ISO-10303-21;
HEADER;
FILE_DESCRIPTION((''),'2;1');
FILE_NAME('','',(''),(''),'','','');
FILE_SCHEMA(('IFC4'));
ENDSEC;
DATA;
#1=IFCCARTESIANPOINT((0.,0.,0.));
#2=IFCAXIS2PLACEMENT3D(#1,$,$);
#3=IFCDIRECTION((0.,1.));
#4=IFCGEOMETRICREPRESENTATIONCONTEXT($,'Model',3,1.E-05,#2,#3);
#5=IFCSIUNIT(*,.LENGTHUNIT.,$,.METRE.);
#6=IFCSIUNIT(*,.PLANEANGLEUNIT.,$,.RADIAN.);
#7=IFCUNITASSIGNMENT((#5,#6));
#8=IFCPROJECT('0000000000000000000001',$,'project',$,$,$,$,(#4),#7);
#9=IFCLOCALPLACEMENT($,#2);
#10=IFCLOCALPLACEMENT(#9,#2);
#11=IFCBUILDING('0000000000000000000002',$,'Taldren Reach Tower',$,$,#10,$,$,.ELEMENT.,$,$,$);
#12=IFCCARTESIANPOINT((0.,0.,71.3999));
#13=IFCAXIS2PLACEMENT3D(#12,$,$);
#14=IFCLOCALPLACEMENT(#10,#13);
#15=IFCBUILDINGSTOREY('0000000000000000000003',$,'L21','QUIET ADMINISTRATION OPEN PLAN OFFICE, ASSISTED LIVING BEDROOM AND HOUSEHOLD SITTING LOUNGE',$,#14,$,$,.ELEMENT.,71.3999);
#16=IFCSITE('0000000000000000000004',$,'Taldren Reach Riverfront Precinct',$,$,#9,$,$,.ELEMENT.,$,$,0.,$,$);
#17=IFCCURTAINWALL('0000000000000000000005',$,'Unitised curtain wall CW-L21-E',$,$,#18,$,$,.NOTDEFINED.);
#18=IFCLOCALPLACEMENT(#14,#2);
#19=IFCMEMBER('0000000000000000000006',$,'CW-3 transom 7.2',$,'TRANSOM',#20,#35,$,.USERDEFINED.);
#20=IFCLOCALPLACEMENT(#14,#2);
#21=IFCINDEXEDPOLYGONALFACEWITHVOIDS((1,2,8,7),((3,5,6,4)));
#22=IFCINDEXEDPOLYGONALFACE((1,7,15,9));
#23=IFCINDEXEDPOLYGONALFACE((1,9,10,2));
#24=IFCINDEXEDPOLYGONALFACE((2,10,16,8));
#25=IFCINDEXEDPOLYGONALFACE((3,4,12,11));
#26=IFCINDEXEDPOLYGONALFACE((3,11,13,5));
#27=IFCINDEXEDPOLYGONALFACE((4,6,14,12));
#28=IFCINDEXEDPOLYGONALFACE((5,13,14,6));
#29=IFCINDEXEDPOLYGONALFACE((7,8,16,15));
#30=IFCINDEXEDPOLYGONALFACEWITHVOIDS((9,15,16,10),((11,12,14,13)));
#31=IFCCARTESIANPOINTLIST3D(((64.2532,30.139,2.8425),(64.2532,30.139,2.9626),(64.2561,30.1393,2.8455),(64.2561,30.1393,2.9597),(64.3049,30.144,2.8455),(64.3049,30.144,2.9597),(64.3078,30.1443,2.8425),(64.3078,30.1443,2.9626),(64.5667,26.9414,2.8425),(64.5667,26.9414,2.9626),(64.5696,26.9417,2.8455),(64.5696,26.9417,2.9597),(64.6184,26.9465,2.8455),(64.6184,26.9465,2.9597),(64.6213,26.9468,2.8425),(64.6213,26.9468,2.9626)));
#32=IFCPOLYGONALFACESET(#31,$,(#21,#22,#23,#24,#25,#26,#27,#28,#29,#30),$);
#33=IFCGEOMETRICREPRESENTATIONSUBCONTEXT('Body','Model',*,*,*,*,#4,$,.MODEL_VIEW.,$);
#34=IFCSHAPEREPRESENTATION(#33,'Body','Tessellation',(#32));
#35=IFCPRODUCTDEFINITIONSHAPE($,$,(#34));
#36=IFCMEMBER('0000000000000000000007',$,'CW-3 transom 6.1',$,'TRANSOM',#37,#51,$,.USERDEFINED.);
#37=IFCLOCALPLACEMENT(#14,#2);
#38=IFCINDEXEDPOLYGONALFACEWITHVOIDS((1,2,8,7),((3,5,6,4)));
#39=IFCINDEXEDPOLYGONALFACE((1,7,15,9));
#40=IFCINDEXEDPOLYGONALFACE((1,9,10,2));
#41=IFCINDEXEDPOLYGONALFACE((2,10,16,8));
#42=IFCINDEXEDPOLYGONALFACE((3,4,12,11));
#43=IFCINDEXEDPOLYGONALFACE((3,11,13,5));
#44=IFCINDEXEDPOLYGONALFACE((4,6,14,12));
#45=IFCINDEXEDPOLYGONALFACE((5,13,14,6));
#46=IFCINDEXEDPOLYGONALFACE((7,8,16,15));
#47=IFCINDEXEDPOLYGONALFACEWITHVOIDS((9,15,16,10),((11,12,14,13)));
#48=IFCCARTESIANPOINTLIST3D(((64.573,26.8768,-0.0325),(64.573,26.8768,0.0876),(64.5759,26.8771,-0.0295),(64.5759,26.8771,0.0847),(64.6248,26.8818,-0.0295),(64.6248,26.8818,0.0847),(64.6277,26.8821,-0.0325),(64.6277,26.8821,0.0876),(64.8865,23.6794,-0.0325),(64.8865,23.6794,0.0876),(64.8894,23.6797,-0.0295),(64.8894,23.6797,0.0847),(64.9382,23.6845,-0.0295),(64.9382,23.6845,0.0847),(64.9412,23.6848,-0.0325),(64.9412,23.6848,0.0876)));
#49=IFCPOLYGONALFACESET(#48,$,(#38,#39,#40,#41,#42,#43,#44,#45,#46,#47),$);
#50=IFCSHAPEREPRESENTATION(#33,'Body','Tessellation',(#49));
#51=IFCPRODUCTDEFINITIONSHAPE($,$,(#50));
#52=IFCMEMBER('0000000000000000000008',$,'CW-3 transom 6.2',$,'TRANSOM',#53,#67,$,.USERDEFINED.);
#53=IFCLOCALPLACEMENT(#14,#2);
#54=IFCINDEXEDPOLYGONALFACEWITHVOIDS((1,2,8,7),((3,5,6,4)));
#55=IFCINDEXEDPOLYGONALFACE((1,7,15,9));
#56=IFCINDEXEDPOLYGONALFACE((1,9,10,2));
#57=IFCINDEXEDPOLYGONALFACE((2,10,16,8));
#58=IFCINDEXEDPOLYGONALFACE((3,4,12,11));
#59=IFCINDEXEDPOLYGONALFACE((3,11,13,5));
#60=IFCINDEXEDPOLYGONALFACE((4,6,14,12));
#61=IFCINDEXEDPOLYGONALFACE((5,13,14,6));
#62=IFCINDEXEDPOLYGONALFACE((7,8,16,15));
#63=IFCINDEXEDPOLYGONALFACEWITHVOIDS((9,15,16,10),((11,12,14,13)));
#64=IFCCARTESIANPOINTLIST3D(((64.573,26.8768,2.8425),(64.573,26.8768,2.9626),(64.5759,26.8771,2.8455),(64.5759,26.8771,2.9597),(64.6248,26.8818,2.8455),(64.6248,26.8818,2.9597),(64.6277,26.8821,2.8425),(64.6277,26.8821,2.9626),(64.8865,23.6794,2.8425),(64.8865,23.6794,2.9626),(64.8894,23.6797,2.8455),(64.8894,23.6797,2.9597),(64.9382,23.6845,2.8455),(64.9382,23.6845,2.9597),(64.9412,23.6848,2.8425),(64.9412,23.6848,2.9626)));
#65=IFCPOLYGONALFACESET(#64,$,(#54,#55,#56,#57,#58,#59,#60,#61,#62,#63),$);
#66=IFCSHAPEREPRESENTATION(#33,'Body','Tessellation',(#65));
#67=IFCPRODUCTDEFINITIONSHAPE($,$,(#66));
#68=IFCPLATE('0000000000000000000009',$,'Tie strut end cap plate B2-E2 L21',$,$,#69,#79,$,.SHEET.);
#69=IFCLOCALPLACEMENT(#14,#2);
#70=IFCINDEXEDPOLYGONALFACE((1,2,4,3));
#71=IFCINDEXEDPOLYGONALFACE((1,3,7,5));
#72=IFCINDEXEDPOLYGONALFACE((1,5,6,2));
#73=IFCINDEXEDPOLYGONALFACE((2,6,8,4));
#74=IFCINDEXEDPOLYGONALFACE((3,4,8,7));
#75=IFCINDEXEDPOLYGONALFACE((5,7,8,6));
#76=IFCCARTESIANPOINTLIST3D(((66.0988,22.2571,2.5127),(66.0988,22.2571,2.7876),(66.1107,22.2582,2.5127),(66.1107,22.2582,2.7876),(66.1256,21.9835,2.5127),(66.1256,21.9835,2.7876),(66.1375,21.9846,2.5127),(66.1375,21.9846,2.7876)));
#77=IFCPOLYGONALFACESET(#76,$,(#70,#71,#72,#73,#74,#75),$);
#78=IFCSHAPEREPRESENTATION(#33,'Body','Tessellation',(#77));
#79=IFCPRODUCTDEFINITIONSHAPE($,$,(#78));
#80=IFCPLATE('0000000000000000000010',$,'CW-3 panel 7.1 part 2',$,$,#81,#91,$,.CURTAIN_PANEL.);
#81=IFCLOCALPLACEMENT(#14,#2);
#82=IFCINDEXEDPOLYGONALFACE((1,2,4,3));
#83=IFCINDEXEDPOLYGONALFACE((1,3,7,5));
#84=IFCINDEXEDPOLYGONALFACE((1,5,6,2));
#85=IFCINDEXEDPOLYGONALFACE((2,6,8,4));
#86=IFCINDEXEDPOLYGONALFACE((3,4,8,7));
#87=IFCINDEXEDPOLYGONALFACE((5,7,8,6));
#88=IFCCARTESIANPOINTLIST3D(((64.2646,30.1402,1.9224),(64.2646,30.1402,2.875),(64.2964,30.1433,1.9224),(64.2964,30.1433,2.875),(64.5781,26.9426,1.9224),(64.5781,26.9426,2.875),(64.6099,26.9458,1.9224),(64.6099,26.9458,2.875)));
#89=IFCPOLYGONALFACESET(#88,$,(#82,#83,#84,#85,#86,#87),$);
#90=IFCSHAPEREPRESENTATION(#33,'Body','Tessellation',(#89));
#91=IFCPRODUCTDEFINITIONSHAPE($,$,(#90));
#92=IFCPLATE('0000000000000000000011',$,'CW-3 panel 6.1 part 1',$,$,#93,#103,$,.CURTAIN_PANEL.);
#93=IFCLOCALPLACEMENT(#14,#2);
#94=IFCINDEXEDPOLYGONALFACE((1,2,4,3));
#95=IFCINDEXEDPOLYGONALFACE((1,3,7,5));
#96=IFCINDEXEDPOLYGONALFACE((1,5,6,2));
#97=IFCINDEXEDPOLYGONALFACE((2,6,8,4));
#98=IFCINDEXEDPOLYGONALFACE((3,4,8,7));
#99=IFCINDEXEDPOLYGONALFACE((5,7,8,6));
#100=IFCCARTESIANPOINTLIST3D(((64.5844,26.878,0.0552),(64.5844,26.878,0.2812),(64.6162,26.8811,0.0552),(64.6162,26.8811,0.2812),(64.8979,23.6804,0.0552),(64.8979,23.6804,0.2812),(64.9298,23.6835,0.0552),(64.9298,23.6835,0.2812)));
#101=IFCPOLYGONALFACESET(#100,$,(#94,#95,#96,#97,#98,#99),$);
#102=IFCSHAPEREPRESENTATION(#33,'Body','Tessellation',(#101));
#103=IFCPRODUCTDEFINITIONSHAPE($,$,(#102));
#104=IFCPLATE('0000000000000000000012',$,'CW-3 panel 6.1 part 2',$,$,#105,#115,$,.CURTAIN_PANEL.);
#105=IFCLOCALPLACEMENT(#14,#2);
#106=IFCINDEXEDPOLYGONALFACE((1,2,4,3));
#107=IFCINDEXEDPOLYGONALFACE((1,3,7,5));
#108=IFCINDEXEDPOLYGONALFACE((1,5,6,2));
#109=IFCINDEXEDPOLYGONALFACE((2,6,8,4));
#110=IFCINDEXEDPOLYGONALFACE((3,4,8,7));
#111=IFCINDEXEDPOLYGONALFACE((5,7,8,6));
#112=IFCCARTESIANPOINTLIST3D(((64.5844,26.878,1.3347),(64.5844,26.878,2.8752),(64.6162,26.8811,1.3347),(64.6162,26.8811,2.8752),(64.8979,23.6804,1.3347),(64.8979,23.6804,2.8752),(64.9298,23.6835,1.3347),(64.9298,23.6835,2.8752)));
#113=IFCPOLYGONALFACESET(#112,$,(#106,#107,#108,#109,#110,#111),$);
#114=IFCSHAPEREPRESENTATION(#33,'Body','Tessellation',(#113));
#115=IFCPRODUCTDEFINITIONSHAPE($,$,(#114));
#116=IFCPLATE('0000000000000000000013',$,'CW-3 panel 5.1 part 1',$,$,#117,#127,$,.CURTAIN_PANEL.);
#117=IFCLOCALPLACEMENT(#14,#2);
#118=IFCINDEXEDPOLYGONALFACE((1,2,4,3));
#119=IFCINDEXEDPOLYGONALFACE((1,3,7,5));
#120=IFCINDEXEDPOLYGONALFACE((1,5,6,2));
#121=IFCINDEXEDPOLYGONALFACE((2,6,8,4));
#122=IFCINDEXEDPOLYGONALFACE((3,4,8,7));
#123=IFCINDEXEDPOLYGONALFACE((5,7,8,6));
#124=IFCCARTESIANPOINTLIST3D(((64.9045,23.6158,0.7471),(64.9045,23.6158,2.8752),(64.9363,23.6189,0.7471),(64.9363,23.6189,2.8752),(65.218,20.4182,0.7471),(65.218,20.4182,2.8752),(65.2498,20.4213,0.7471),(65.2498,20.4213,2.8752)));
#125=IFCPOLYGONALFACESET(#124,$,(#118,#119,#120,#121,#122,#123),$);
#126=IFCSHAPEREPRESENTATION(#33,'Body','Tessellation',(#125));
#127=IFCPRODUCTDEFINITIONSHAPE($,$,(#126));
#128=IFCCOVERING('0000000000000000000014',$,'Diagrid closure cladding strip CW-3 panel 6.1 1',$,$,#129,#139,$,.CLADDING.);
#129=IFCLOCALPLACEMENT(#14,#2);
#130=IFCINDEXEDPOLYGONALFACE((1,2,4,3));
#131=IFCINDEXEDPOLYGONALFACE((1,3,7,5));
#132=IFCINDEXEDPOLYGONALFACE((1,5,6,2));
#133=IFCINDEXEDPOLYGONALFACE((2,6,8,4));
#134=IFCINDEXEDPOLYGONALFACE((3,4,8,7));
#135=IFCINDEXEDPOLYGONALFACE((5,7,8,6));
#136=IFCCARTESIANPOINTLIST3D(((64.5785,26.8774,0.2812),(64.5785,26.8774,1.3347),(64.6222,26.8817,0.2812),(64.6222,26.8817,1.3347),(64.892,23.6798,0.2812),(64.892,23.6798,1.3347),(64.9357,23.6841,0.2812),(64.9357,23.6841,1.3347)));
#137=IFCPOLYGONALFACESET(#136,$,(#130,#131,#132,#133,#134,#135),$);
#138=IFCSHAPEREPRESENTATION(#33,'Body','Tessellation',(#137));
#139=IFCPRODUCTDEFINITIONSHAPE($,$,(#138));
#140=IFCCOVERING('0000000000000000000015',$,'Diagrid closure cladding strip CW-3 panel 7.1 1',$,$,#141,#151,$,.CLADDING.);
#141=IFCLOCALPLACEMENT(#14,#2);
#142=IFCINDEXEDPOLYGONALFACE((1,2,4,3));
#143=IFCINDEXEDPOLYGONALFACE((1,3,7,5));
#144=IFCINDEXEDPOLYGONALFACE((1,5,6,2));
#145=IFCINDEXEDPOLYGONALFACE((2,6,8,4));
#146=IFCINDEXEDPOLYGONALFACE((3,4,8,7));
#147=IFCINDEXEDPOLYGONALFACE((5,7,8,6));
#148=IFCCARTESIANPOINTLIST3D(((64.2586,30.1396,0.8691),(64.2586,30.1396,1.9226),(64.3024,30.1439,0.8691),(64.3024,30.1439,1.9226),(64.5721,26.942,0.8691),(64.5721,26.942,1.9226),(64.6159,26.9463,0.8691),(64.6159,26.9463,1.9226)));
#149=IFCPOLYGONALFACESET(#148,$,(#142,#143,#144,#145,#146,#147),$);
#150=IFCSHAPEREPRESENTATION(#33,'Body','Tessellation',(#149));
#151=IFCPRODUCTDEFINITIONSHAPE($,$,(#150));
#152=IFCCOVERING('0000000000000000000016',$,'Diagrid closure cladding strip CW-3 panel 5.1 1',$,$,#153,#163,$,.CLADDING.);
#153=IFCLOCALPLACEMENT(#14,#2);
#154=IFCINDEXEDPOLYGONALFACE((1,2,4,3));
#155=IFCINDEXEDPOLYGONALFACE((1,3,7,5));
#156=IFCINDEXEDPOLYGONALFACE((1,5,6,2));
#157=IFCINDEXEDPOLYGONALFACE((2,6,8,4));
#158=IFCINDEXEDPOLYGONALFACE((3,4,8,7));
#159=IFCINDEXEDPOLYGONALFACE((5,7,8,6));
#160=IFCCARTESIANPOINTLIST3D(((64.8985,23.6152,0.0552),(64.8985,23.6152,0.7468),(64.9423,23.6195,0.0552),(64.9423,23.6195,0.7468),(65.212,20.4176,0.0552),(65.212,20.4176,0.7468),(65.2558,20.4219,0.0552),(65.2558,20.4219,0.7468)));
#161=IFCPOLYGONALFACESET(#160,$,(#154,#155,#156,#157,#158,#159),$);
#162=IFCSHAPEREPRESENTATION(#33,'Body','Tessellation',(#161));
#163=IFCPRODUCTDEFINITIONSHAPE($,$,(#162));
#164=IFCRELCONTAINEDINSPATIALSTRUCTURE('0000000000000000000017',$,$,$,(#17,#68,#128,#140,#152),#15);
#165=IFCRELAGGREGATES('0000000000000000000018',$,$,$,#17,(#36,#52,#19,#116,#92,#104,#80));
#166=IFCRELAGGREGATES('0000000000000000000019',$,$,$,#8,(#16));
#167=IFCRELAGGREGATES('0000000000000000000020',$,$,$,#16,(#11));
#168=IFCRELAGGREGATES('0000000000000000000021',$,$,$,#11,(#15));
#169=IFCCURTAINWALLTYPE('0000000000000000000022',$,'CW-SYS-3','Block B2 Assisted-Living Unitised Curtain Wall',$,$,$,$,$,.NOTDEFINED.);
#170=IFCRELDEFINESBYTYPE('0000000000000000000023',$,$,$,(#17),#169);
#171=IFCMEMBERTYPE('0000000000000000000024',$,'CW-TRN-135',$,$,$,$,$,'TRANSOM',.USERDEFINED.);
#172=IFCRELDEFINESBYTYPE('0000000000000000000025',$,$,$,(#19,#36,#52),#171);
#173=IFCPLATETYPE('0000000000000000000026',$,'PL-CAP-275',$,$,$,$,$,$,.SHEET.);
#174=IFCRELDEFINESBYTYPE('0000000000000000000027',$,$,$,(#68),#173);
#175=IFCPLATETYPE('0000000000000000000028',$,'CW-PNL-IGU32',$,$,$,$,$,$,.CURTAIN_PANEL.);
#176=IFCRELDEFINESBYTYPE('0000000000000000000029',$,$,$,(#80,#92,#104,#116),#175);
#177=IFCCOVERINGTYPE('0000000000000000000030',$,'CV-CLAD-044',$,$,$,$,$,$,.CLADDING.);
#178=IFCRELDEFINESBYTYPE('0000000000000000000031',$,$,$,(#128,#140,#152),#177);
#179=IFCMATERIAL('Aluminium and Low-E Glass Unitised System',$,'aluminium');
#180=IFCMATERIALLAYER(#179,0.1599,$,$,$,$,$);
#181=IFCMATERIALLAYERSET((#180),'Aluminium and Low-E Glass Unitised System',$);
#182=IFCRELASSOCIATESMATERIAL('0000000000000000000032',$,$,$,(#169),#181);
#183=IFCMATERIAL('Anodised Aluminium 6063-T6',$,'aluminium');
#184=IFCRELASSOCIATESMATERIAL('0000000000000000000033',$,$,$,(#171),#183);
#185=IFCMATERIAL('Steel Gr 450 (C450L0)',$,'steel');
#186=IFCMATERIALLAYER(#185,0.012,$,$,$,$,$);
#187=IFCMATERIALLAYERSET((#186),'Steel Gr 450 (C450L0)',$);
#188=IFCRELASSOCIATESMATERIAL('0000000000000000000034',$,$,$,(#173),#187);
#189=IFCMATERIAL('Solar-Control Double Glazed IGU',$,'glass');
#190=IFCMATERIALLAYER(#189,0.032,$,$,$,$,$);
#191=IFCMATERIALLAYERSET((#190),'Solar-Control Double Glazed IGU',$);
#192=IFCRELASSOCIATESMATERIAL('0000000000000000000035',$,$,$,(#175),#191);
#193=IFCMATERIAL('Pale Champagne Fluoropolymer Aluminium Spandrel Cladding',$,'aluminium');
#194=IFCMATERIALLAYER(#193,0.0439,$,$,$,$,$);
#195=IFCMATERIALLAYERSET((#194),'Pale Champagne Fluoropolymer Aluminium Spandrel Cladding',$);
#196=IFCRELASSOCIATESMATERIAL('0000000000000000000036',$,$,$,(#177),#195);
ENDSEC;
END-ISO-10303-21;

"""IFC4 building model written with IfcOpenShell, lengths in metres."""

from ifc_helpers import new_model, si_unit, direction, frame, origin, origin_2d, place, context, subcontext, project, spatial, rectangle, hollow_rectangle, extrude, source, transform, mapped, material, layer, layer_set, material_profile, profile_set, type_object, element, aggregate, save


model = new_model("IFC4")

# Units and contexts
model_context = context("Model", 3, precision=1e-05, world=origin(), true_north=direction((0.0, 1.0)))
body_context = subcontext(model_context, "Body", "Model", "MODEL_VIEW")
ifc_project = project(units=[si_unit("LENGTHUNIT", "METRE"), si_unit("PLANEANGLEUNIT", "RADIAN")], contexts=[model_context])

# Site, building, storey
site_placement = place(None, origin())
site = spatial("IfcSite", under=ifc_project, at=site_placement, Name="Taldren Reach Riverfront Precinct", CompositionType="ELEMENT", RefElevation=0.0)
building_placement = place(site_placement, origin())
building = spatial("IfcBuilding", under=site, at=building_placement, Name="Taldren Reach Tower", CompositionType="ELEMENT")
storey_placement = place(building_placement, frame((0.0, 0.0, 71.3999)))
storey = spatial("IfcBuildingStorey", under=building, at=storey_placement, Name="L21", Description="QUIET ADMINISTRATION OPEN PLAN OFFICE, ASSISTED LIVING BEDROOM AND HOUSEHOLD SITTING LOUNGE", CompositionType="ELEMENT", Elevation=71.3999)

# Shared definitions
ifc_material_1 = material(Name="Steel Gr 450 (C450L0)", Category="steel")

# Curtain wall, members
ifc_material_2 = material(Name="Aluminium and Low-E Glass Unitised System", Category="aluminium")
ifc_layer_1 = layer(ifc_material_2, 0.1599)
ifc_layer_set_1 = layer_set([ifc_layer_1], Name="Aluminium and Low-E Glass Unitised System")
curtain_wall_type = type_object("IfcCurtainWallType", Name="CW-SYS-3", Description="Block B2 Assisted-Living Unitised Curtain Wall", PredefinedType="NOTDEFINED", material=ifc_layer_set_1)
curtain_wall_placement = place(storey_placement, origin())
curtain_wall = element("IfcCurtainWall", 1, at=curtain_wall_placement, inside=storey, type_object=curtain_wall_type, Name="Unitised curtain wall CW-L21-E", PredefinedType="NOTDEFINED")
ifc_material_3 = material(Name="Anodised Aluminium 6063-T6", Category="aluminium")
ifc_material_profile_1 = material_profile(ifc_material_3, hollow_rectangle(XDim=0.0549, YDim=0.1201, WallThickness=0.0029, at=origin_2d()), Name="ALU-120x55x3RHS")
ifc_profile_set_1 = profile_set([ifc_material_profile_1], Name="Anodised Aluminium 6063-T6")
member_type_1 = type_object("IfcMemberType", Name="CW-TRN-135", ElementType="TRANSOM", PredefinedType="USERDEFINED", material=ifc_profile_set_1)
shared_shape_1 = source(origin(), body_context, "Body", "SweptSolid", [
    extrude(hollow_rectangle(XDim=0.0549, YDim=0.1201, WallThickness=0.0029, at=origin_2d()), origin(), (0.0, 0.0, 1.0), 3.2129),
])
member_1_placement = place(storey_placement, frame((64.594, 26.9441, 2.9026), z_axis=(-0.09757, 0.995229, 0.0), x_axis=(-0.995229, -0.09757, 0.0)))
member_1 = element("IfcMember", 2, at=member_1_placement, type_object=member_type_1, Name="CW-3 transom 7.2", ObjectType="TRANSOM", PredefinedType="USERDEFINED", context=body_context, shape_type="MappedRepresentation", body=[
    mapped(shared_shape_1, transform((0.0, 0.0, 0.0), scale=1.0)),
])
shared_shape_2 = source(origin(), body_context, "Body", "SweptSolid", [
    extrude(hollow_rectangle(XDim=0.0549, YDim=0.1201, WallThickness=0.0029, at=origin_2d()), origin(), (0.0, 0.0, 1.0), 3.2126),
])
member_2_placement = place(storey_placement, frame((64.9138, 23.6821, 0.0276), z_axis=(-0.097577, 0.995228, 0.0), x_axis=(-0.995228, -0.097577, 0.0)))
member_2 = element("IfcMember", 3, at=member_2_placement, type_object=member_type_1, Name="CW-3 transom 6.1", ObjectType="TRANSOM", PredefinedType="USERDEFINED", context=body_context, shape_type="MappedRepresentation", body=[
    mapped(shared_shape_2, transform((0.0, 0.0, 0.0), scale=1.0)),
])
member_3_placement = place(storey_placement, frame((64.9138, 23.6821, 2.9026), z_axis=(-0.097577, 0.995228, 0.0), x_axis=(-0.995228, -0.097577, 0.0)))
member_3 = element("IfcMember", 4, at=member_3_placement, type_object=member_type_1, Name="CW-3 transom 6.2", ObjectType="TRANSOM", PredefinedType="USERDEFINED", context=body_context, shape_type="MappedRepresentation", body=[
    mapped(shared_shape_2, transform((0.0, 0.0, 0.0), scale=1.0)),
])

# Plates
ifc_layer_2 = layer(ifc_material_1, 0.012)
ifc_layer_set_2 = layer_set([ifc_layer_2], Name="Steel Gr 450 (C450L0)")
plate_type_1 = type_object("IfcPlateType", Name="PL-CAP-275", PredefinedType="SHEET", material=ifc_layer_set_2)
shared_shape_3 = source(origin(), body_context, "Body", "SweptSolid", [
    extrude(rectangle(XDim=0.012, YDim=0.2749, at=origin_2d()), origin(), (0.0, 0.0, 1.0), 0.2749),
])
plate_1_placement = place(storey_placement, frame((66.1182, 22.1208, 2.5127), z_axis=(0.0, 0.0, 1.0), x_axis=(0.995227, 0.097583, 0.0)))
element("IfcPlate", 5, at=plate_1_placement, inside=storey, type_object=plate_type_1, Name="Tie strut end cap plate B2-E2 L21", PredefinedType="SHEET", context=body_context, shape_type="MappedRepresentation", body=[
    mapped(shared_shape_3, transform((0.0, 0.0, 0.0), scale=1.0)),
])
ifc_material_4 = material(Name="Solar-Control Double Glazed IGU", Category="glass")
ifc_layer_3 = layer(ifc_material_4, 0.032)
ifc_layer_set_3 = layer_set([ifc_layer_3], Name="Solar-Control Double Glazed IGU")
plate_type_2 = type_object("IfcPlateType", Name="CW-PNL-IGU32", PredefinedType="CURTAIN_PANEL", material=ifc_layer_set_3)
shared_shape_4 = source(origin(), body_context, "Body", "SweptSolid", [
    extrude(rectangle(XDim=3.2129, YDim=0.032, at=origin_2d()), origin(), (0.0, 0.0, 1.0), 0.9526),
])
plate_2_placement = place(storey_placement, frame((64.4373, 28.543, 1.9224), z_axis=(0.0, 0.0, 1.0), x_axis=(-0.097583, 0.995227, 0.0)))
plate_2 = element("IfcPlate", 6, at=plate_2_placement, type_object=plate_type_2, Name="CW-3 panel 7.1 part 2", PredefinedType="CURTAIN_PANEL", context=body_context, shape_type="MappedRepresentation", body=[
    mapped(shared_shape_4, transform((0.0, 0.0, 0.0), scale=1.0)),
])
shared_shape_5 = source(origin(), body_context, "Body", "SweptSolid", [
    extrude(rectangle(XDim=3.2129, YDim=0.032, at=origin_2d()), origin(), (0.0, 0.0, 1.0), 0.2261),
])
plate_3_placement = place(storey_placement, frame((64.7571, 25.2808, 0.0552), z_axis=(0.0, 0.0, 1.0), x_axis=(-0.097583, 0.995227, 0.0)))
plate_3 = element("IfcPlate", 7, at=plate_3_placement, type_object=plate_type_2, Name="CW-3 panel 6.1 part 1", PredefinedType="CURTAIN_PANEL", context=body_context, shape_type="MappedRepresentation", body=[
    mapped(shared_shape_5, transform((0.0, 0.0, 0.0), scale=1.0)),
])
shared_shape_6 = source(origin(), body_context, "Body", "SweptSolid", [
    extrude(rectangle(XDim=3.2129, YDim=0.032, at=origin_2d()), origin(), (0.0, 0.0, 1.0), 1.5405),
])
plate_4_placement = place(storey_placement, frame((64.7571, 25.2808, 1.3347), z_axis=(0.0, 0.0, 1.0), x_axis=(-0.097583, 0.995227, 0.0)))
plate_4 = element("IfcPlate", 8, at=plate_4_placement, type_object=plate_type_2, Name="CW-3 panel 6.1 part 2", PredefinedType="CURTAIN_PANEL", context=body_context, shape_type="MappedRepresentation", body=[
    mapped(shared_shape_6, transform((0.0, 0.0, 0.0), scale=1.0)),
])
shared_shape_7 = source(origin(), body_context, "Body", "SweptSolid", [
    extrude(rectangle(XDim=3.2129, YDim=0.032, at=origin_2d()), origin(), (0.0, 0.0, 1.0), 2.1282),
])
plate_5_placement = place(storey_placement, frame((65.0771, 22.0186, 0.7471), z_axis=(0.0, 0.0, 1.0), x_axis=(-0.097583, 0.995227, 0.0)))
plate_5 = element("IfcPlate", 9, at=plate_5_placement, type_object=plate_type_2, Name="CW-3 panel 5.1 part 1", PredefinedType="CURTAIN_PANEL", context=body_context, shape_type="MappedRepresentation", body=[
    mapped(shared_shape_7, transform((0.0, 0.0, 0.0), scale=1.0)),
])
aggregate(curtain_wall, [member_2, member_3, member_1, plate_5, plate_3, plate_4, plate_2])

# Coverings
ifc_material_5 = material(Name="Pale Champagne Fluoropolymer Aluminium Spandrel Cladding", Category="aluminium")
ifc_layer_4 = layer(ifc_material_5, 0.0439)
ifc_layer_set_4 = layer_set([ifc_layer_4], Name="Pale Champagne Fluoropolymer Aluminium Spandrel Cladding")
covering_type = type_object("IfcCoveringType", Name="CV-CLAD-044", PredefinedType="CLADDING", material=ifc_layer_set_4)
shared_shape_8 = source(origin(), body_context, "Body", "SweptSolid", [
    extrude(rectangle(XDim=3.2129, YDim=0.0439, at=origin_2d()), origin(), (0.0, 0.0, 1.0), 1.0535),
])
for number, where, z_axis, x_axis, name in (
    (10, (64.7571, 25.2808, 0.2812), (0.0, 0.0, 1.0), (-0.097583, 0.995227, 0.0), "Diagrid closure cladding strip CW-3 panel 6.1 1"),
    (11, (64.4373, 28.543, 0.8691), (0.0, 0.0, 1.0), (-0.097583, 0.995227, 0.0), "Diagrid closure cladding strip CW-3 panel 7.1 1"),
):
    element("IfcCovering", number, at=place(storey_placement, frame(where, z_axis=z_axis, x_axis=x_axis)), inside=storey, type_object=covering_type, Name=name, PredefinedType="CLADDING", context=body_context, shape_type="MappedRepresentation", body=[
        mapped(shared_shape_8, transform((0.0, 0.0, 0.0), scale=1.0)),
    ])
shared_shape_9 = source(origin(), body_context, "Body", "SweptSolid", [
    extrude(rectangle(XDim=3.2129, YDim=0.0439, at=origin_2d()), origin(), (0.0, 0.0, 1.0), 0.6917),
])
covering_placement = place(storey_placement, frame((65.0771, 22.0186, 0.0552), z_axis=(0.0, 0.0, 1.0), x_axis=(-0.097583, 0.995227, 0.0)))
element("IfcCovering", 12, at=covering_placement, inside=storey, type_object=covering_type, Name="Diagrid closure cladding strip CW-3 panel 5.1 1", PredefinedType="CLADDING", context=body_context, shape_type="MappedRepresentation", body=[
    mapped(shared_shape_9, transform((0.0, 0.0, 0.0), scale=1.0)),
])

save(model, "model.ifc")
